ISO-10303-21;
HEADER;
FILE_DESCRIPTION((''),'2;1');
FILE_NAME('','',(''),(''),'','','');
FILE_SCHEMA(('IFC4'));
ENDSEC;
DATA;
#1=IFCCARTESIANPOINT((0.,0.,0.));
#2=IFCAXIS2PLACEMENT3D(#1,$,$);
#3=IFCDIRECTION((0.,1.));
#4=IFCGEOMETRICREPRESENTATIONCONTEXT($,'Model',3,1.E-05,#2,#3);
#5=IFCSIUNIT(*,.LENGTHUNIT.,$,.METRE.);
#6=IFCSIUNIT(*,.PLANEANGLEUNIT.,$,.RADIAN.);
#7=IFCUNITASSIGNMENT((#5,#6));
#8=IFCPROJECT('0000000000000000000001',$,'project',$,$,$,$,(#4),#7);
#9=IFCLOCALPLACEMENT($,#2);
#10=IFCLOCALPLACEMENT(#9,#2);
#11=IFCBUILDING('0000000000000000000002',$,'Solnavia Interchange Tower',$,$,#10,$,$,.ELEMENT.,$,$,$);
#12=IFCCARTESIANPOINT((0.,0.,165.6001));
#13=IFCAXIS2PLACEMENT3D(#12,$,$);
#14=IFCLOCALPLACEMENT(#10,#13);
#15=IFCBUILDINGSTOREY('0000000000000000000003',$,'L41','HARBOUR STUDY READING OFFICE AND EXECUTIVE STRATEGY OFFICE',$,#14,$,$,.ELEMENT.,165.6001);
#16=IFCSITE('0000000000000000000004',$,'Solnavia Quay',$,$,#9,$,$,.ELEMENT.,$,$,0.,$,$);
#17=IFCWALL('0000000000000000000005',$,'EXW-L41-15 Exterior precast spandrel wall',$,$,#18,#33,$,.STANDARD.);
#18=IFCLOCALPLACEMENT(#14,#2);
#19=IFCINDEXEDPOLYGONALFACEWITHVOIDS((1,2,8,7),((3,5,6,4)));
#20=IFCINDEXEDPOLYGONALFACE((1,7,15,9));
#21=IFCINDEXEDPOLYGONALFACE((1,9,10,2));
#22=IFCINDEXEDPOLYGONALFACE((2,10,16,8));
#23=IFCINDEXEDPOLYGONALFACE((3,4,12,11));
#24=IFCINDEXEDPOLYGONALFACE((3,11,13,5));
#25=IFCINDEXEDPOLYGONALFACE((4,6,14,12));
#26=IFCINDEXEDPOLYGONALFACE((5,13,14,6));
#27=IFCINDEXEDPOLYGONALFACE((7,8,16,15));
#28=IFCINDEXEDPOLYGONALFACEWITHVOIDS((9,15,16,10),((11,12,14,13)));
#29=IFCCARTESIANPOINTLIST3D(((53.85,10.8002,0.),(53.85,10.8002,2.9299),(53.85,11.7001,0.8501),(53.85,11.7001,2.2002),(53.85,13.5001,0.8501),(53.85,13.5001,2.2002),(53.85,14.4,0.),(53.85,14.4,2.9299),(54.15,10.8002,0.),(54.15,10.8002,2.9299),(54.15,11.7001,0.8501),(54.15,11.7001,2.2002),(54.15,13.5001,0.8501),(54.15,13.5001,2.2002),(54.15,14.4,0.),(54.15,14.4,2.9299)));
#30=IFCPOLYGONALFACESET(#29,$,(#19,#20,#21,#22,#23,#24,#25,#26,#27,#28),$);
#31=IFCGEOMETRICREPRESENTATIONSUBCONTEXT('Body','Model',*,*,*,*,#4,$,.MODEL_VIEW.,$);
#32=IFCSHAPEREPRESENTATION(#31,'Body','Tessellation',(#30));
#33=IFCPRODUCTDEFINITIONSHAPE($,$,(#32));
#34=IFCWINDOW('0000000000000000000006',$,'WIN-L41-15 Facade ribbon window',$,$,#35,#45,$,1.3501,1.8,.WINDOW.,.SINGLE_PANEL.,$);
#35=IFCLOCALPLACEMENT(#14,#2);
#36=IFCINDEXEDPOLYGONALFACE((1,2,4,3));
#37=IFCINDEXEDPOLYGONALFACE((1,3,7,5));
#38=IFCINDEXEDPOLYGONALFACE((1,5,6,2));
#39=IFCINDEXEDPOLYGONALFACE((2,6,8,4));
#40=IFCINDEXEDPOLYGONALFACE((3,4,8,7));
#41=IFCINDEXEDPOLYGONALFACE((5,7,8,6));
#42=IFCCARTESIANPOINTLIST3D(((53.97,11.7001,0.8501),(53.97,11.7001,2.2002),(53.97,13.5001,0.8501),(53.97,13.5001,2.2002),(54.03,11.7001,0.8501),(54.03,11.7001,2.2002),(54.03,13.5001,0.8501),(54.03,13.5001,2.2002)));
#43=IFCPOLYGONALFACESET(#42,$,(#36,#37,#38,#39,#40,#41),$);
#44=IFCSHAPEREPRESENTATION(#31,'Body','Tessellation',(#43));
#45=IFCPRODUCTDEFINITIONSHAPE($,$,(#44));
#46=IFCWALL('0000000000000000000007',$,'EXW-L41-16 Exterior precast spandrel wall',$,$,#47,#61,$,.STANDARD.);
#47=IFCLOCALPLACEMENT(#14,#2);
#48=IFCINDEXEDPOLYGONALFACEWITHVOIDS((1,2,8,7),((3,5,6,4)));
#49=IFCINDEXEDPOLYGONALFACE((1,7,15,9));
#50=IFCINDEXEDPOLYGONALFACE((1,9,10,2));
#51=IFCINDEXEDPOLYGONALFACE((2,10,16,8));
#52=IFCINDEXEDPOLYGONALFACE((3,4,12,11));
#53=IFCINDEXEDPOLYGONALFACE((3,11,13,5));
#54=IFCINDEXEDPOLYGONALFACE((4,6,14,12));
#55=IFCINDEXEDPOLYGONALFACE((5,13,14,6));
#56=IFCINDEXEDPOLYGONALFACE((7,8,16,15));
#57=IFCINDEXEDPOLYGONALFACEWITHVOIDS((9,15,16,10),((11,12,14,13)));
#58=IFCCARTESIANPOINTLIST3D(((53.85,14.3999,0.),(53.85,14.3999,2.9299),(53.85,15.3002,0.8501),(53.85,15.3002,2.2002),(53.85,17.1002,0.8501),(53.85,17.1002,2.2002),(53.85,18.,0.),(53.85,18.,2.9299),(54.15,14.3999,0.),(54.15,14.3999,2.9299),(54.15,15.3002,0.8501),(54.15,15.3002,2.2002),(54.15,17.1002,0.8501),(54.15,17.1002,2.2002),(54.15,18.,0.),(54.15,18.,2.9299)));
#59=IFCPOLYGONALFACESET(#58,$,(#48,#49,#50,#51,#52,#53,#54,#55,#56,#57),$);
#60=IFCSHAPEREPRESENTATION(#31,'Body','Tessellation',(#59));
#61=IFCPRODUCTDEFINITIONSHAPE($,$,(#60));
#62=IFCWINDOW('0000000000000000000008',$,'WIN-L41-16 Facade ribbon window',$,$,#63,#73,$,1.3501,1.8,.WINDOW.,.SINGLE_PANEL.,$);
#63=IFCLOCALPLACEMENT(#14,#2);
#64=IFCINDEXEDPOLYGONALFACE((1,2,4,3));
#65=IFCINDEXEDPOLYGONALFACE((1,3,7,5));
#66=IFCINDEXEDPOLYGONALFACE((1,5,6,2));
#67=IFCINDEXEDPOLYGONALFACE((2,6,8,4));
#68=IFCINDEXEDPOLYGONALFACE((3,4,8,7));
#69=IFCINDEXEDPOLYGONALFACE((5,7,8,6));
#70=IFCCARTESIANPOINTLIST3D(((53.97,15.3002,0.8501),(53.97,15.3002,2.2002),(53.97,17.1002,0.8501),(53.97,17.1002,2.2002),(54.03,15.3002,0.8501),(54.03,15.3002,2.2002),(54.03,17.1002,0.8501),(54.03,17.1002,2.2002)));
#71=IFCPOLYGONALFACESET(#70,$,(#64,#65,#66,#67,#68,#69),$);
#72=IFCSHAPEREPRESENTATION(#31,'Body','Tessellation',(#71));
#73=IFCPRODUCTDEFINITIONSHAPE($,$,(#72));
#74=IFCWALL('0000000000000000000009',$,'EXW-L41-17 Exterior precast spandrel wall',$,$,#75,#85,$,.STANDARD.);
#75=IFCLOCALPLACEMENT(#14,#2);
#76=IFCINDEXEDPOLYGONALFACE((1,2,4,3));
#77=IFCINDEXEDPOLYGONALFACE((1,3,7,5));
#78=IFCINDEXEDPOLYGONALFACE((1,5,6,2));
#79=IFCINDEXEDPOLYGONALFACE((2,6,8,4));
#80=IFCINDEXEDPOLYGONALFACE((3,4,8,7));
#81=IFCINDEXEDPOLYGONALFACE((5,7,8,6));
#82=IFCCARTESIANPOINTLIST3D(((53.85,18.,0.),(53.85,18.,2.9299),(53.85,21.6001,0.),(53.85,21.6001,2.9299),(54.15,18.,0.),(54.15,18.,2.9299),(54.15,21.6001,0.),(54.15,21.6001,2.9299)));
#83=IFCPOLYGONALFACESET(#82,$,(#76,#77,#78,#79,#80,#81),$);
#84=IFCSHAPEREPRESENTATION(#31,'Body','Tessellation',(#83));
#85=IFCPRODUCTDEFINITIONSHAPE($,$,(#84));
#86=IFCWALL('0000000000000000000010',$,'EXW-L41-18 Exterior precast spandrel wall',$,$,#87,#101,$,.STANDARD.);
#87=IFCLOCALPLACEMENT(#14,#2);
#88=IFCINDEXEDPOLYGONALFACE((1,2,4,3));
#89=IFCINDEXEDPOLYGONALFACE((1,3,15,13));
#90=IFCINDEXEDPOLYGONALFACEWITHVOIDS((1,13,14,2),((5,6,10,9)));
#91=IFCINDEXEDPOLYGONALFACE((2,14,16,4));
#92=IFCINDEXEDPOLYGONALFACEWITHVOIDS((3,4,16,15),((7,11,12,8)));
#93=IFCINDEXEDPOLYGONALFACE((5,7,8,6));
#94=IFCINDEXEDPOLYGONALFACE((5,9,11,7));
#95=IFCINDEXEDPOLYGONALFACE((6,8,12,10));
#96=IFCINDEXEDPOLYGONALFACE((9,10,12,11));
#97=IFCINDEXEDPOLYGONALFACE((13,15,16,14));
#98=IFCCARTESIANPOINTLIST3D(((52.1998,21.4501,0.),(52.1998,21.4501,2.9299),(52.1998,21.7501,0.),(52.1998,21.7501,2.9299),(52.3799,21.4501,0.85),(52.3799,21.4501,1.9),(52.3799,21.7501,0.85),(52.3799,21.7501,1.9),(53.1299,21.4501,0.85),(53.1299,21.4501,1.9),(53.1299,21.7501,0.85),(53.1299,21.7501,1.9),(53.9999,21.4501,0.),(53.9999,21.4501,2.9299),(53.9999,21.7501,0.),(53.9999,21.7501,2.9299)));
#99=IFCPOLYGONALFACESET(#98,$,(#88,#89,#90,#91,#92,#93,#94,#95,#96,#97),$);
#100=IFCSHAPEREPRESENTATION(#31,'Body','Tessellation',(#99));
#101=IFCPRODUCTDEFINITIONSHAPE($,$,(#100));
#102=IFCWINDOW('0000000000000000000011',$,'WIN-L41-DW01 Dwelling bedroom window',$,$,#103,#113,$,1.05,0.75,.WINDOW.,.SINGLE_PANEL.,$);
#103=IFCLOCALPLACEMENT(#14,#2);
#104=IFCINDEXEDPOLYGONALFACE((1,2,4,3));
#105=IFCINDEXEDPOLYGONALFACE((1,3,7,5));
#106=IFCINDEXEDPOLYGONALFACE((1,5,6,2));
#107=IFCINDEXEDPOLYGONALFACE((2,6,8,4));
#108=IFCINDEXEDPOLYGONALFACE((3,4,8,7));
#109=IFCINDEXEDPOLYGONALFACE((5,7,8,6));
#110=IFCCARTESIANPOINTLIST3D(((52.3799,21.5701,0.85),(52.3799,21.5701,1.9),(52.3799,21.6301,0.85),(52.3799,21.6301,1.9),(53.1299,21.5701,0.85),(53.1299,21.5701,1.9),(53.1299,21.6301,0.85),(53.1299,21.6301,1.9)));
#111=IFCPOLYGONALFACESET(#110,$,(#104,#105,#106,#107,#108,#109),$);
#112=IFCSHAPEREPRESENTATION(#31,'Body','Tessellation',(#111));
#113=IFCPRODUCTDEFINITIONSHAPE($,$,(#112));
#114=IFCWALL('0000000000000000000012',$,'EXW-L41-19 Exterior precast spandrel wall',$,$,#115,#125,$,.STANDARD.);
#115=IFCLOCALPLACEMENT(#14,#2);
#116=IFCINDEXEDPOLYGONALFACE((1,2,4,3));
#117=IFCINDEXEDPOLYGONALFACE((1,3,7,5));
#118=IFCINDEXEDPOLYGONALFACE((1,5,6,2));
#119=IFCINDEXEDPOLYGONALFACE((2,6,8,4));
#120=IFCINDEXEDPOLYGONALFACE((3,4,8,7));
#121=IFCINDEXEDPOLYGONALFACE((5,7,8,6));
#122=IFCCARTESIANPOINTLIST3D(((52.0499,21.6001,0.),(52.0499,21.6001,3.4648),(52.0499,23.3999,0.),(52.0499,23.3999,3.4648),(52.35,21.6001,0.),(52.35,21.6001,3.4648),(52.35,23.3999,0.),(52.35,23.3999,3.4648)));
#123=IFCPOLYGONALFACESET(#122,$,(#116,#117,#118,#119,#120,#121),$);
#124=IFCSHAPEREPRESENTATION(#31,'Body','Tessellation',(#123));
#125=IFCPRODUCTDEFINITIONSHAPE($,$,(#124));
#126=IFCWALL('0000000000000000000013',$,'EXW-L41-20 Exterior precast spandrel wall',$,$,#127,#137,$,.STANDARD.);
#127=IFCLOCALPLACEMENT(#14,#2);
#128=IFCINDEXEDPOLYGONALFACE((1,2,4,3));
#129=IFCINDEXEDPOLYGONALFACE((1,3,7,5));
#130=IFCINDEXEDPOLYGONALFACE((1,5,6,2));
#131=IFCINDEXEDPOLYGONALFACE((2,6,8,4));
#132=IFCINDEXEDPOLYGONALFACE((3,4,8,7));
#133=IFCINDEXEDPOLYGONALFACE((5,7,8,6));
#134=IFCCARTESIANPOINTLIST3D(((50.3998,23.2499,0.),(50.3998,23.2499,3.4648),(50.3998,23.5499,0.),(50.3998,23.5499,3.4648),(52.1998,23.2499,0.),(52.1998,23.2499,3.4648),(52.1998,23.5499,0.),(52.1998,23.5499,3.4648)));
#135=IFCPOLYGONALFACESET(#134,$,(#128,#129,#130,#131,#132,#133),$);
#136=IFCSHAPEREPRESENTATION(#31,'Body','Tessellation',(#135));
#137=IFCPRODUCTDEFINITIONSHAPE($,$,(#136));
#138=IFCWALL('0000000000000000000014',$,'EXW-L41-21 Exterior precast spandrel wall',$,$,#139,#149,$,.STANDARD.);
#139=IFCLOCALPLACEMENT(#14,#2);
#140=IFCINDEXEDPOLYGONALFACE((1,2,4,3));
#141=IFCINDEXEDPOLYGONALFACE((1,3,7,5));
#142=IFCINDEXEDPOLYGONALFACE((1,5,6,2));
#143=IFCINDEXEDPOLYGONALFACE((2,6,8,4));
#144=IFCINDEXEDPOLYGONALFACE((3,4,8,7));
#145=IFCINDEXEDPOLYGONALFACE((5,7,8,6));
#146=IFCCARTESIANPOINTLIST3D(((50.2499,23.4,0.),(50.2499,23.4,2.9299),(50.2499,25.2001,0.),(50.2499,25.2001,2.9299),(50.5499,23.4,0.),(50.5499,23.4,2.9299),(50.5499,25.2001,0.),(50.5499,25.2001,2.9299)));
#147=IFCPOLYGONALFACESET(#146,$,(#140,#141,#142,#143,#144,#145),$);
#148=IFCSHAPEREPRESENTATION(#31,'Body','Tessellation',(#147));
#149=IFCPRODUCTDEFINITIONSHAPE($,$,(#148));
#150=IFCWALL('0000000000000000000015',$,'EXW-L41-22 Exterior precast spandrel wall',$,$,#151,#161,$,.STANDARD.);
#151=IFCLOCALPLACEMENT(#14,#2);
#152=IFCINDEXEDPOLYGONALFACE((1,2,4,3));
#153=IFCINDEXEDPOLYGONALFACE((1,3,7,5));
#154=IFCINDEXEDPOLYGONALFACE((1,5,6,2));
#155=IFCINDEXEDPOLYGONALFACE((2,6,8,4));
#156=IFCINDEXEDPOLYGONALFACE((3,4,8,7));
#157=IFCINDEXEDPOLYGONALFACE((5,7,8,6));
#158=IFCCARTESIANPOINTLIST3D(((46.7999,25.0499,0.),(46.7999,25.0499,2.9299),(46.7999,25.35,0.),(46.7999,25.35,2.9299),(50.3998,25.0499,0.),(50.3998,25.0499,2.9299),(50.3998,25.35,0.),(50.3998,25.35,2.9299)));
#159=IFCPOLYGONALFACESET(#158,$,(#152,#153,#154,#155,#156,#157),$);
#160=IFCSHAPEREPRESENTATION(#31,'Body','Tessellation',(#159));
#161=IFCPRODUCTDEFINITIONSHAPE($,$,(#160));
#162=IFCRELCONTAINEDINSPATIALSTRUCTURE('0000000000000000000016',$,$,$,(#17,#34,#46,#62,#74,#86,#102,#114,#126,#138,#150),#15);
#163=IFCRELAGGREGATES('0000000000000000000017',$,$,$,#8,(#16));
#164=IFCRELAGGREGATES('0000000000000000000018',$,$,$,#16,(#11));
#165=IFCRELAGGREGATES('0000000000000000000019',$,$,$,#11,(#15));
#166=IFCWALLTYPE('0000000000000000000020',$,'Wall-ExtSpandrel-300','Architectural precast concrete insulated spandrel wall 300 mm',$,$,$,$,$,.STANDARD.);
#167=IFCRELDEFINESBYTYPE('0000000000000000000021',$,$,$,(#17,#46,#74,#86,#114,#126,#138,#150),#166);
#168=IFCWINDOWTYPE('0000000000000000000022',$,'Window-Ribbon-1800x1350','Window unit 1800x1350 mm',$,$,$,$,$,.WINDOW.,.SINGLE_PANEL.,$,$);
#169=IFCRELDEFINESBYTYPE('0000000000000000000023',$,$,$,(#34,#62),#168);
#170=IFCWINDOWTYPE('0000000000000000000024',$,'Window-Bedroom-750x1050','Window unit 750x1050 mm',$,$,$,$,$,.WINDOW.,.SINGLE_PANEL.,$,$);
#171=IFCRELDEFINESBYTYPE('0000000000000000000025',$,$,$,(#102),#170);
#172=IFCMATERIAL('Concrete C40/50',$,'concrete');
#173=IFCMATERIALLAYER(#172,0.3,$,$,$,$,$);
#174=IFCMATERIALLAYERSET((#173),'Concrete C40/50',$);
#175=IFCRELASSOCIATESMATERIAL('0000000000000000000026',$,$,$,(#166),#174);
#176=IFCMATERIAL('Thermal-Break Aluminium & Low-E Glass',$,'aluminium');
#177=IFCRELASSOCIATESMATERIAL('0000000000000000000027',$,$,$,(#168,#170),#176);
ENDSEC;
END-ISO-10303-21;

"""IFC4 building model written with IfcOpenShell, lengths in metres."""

from ifc_helpers import new_model, si_unit, direction, frame, frame_2d, origin, place, context, subcontext, project, spatial, rectangle, extrude, material, layer, layer_set, type_object, element, fill, save


model = new_model("IFC4")

# Units and contexts
model_context = context("Model", 3, precision=1e-05, world=origin(), true_north=direction((0.0, 1.0)))
body_context = subcontext(model_context, "Body", "Model", "MODEL_VIEW")
ifc_project = project(units=[si_unit("LENGTHUNIT", "METRE"), si_unit("PLANEANGLEUNIT", "RADIAN")], contexts=[model_context])

# Site, building, storey
site_placement = place(None, origin())
site = spatial("IfcSite", under=ifc_project, at=site_placement, Name="Solnavia Quay", CompositionType="ELEMENT", RefElevation=0.0)
building_placement = place(site_placement, origin())
building = spatial("IfcBuilding", under=site, at=building_placement, Name="Solnavia Interchange Tower", CompositionType="ELEMENT")
storey_placement = place(building_placement, frame((0.0, 0.0, 165.6001)))
storey = spatial("IfcBuildingStorey", under=building, at=storey_placement, Name="L41", Description="HARBOUR STUDY READING OFFICE AND EXECUTIVE STRATEGY OFFICE", CompositionType="ELEMENT", Elevation=165.6001)

# Walls, openings, windows
ifc_material_1 = material(Name="Concrete C40/50", Category="concrete")
ifc_layer_1 = layer(ifc_material_1, 0.3)
ifc_layer_set_1 = layer_set([ifc_layer_1], Name="Concrete C40/50")
wall_type_1 = type_object("IfcWallType", Name="Wall-ExtSpandrel-300", Description="Architectural precast concrete insulated spandrel wall 300 mm", PredefinedType="STANDARD", material=ifc_layer_set_1)
wall_1_placement = place(storey_placement, frame((54.0, 14.3999, 0.0), z_axis=(0.0, 0.0, 1.0), x_axis=(0.0, -1.0, 0.0)))
wall_1 = element("IfcWall", 1, at=wall_1_placement, inside=storey, type_object=wall_type_1, Name="EXW-L41-15 Exterior precast spandrel wall", PredefinedType="STANDARD", context=body_context, shape_type="SweptSolid", body=[
    extrude(rectangle(XDim=3.5999, YDim=0.3, at=frame_2d((1.7998, 0.0))), origin(), (0.0, 0.0, 1.0), 2.9299),
])
opening_1_placement = place(wall_1_placement, frame((0.8999, 0.0, 0.8501)))
opening_1 = element("IfcOpeningElement", 2, at=opening_1_placement, cuts=wall_1, PredefinedType="OPENING", context=body_context, shape_type="SweptSolid", body=[
    extrude(rectangle(XDim=1.8, YDim=1.3501, at=frame_2d((0.8999, 0.675))), frame((0.0, 0.1602, 0.0), z_axis=(0.0, -1.0, 0.0), x_axis=(1.0, 0.0, 0.0)), (0.0, 0.0, 1.0), 0.3201),
])
ifc_material_2 = material(Name="Thermal-Break Aluminium & Low-E Glass", Category="aluminium")
window_type_1 = type_object("IfcWindowType", Name="Window-Ribbon-1800x1350", Description="Window unit 1800x1350 mm", PartitioningType="SINGLE_PANEL", PredefinedType="WINDOW", material=ifc_material_2)
window_1_placement = place(opening_1_placement, origin())
window_1 = element("IfcWindow", 3, at=window_1_placement, inside=storey, type_object=window_type_1, Name="WIN-L41-15 Facade ribbon window", OverallHeight=1.3501, OverallWidth=1.8, PartitioningType="SINGLE_PANEL", PredefinedType="WINDOW", context=body_context, shape_type="SweptSolid", body=[
    extrude(rectangle(XDim=1.8, YDim=1.3501, at=frame_2d((0.8999, 0.675))), frame((0.0, 0.03, 0.0), z_axis=(0.0, -1.0, 0.0), x_axis=(1.0, 0.0, 0.0)), (0.0, 0.0, 1.0), 0.0601),
])
fill(opening_1, window_1)
wall_2_placement = place(storey_placement, frame((54.0, 18.0, 0.0), z_axis=(0.0, 0.0, 1.0), x_axis=(0.0, -1.0, 0.0)))
wall_2 = element("IfcWall", 4, at=wall_2_placement, inside=storey, type_object=wall_type_1, Name="EXW-L41-16 Exterior precast spandrel wall", PredefinedType="STANDARD", context=body_context, shape_type="SweptSolid", body=[
    extrude(rectangle(XDim=3.6001, YDim=0.3, at=frame_2d((1.8, 0.0))), origin(), (0.0, 0.0, 1.0), 2.9299),
])
opening_2_placement = place(wall_2_placement, frame((0.8999, 0.0, 0.8501)))
opening_2 = element("IfcOpeningElement", 5, at=opening_2_placement, cuts=wall_2, PredefinedType="OPENING", context=body_context, shape_type="SweptSolid", body=[
    extrude(rectangle(XDim=1.8, YDim=1.3501, at=frame_2d((0.8999, 0.675))), frame((0.0, 0.1602, 0.0), z_axis=(0.0, -1.0, 0.0), x_axis=(1.0, 0.0, 0.0)), (0.0, 0.0, 1.0), 0.3201),
])
window_2_placement = place(opening_2_placement, origin())
window_2 = element("IfcWindow", 6, at=window_2_placement, inside=storey, type_object=window_type_1, Name="WIN-L41-16 Facade ribbon window", OverallHeight=1.3501, OverallWidth=1.8, PartitioningType="SINGLE_PANEL", PredefinedType="WINDOW", context=body_context, shape_type="SweptSolid", body=[
    extrude(rectangle(XDim=1.8, YDim=1.3501, at=frame_2d((0.8999, 0.675))), frame((0.0, 0.03, 0.0), z_axis=(0.0, -1.0, 0.0), x_axis=(1.0, 0.0, 0.0)), (0.0, 0.0, 1.0), 0.0601),
])
fill(opening_2, window_2)

# Wall
wall_3_placement = place(storey_placement, frame((54.0, 21.6001, 0.0), z_axis=(0.0, 0.0, 1.0), x_axis=(0.0, -1.0, 0.0)))
element("IfcWall", 7, at=wall_3_placement, inside=storey, type_object=wall_type_1, Name="EXW-L41-17 Exterior precast spandrel wall", PredefinedType="STANDARD", context=body_context, shape_type="SweptSolid", body=[
    extrude(rectangle(XDim=3.6001, YDim=0.3, at=frame_2d((1.8, 0.0))), origin(), (0.0, 0.0, 1.0), 2.9299),
])

# Wall, opening, window
wall_4_placement = place(storey_placement, frame((52.2, 21.6001, 0.0), z_axis=(0.0, 0.0, 1.0), x_axis=(1.0, 0.0, 0.0)))
wall_4 = element("IfcWall", 8, at=wall_4_placement, inside=storey, type_object=wall_type_1, Name="EXW-L41-18 Exterior precast spandrel wall", PredefinedType="STANDARD", context=body_context, shape_type="SweptSolid", body=[
    extrude(rectangle(XDim=1.8, YDim=0.3, at=frame_2d((0.8999, 0.0))), origin(), (0.0, 0.0, 1.0), 2.9299),
])
opening_3_placement = place(wall_4_placement, frame((0.1799, 0.0, 0.8501)))
opening_3 = element("IfcOpeningElement", 9, at=opening_3_placement, cuts=wall_4, PredefinedType="OPENING", context=body_context, shape_type="SweptSolid", body=[
    extrude(rectangle(XDim=0.75, YDim=1.05, at=frame_2d((0.375, 0.5249))), frame((0.0, 0.1602, 0.0), z_axis=(0.0, -1.0, 0.0), x_axis=(1.0, 0.0, 0.0)), (0.0, 0.0, 1.0), 0.3201),
])
window_type_2 = type_object("IfcWindowType", Name="Window-Bedroom-750x1050", Description="Window unit 750x1050 mm", PartitioningType="SINGLE_PANEL", PredefinedType="WINDOW", material=ifc_material_2)
window_3_placement = place(opening_3_placement, origin())
window_3 = element("IfcWindow", 10, at=window_3_placement, inside=storey, type_object=window_type_2, Name="WIN-L41-DW01 Dwelling bedroom window", OverallHeight=1.05, OverallWidth=0.75, PartitioningType="SINGLE_PANEL", PredefinedType="WINDOW", context=body_context, shape_type="SweptSolid", body=[
    extrude(rectangle(XDim=0.75, YDim=1.05, at=frame_2d((0.375, 0.5249))), frame((0.0, 0.03, 0.0), z_axis=(0.0, -1.0, 0.0), x_axis=(1.0, 0.0, 0.0)), (0.0, 0.0, 1.0), 0.0601),
])
fill(opening_3, window_3)

# Walls
wall_5_placement = place(storey_placement, frame((52.2, 23.3999, 0.0), z_axis=(0.0, 0.0, 1.0), x_axis=(0.0, -1.0, 0.0)))
element("IfcWall", 11, at=wall_5_placement, inside=storey, type_object=wall_type_1, Name="EXW-L41-19 Exterior precast spandrel wall", PredefinedType="STANDARD", context=body_context, shape_type="SweptSolid", body=[
    extrude(rectangle(XDim=1.7998, YDim=0.3, at=frame_2d((0.8999, 0.0))), origin(), (0.0, 0.0, 1.0), 3.4648),
])
wall_6_placement = place(storey_placement, frame((50.3999, 23.3999, 0.0), z_axis=(0.0, 0.0, 1.0), x_axis=(1.0, 0.0, 0.0)))
element("IfcWall", 12, at=wall_6_placement, inside=storey, type_object=wall_type_1, Name="EXW-L41-20 Exterior precast spandrel wall", PredefinedType="STANDARD", context=body_context, shape_type="SweptSolid", body=[
    extrude(rectangle(XDim=1.8, YDim=0.3, at=frame_2d((0.8999, 0.0))), origin(), (0.0, 0.0, 1.0), 3.4648),
])
wall_7_placement = place(storey_placement, frame((50.3999, 25.2, 0.0), z_axis=(0.0, 0.0, 1.0), x_axis=(0.0, -1.0, 0.0)))
element("IfcWall", 13, at=wall_7_placement, inside=storey, type_object=wall_type_1, Name="EXW-L41-21 Exterior precast spandrel wall", PredefinedType="STANDARD", context=body_context, shape_type="SweptSolid", body=[
    extrude(rectangle(XDim=1.8, YDim=0.3, at=frame_2d((0.8999, 0.0))), origin(), (0.0, 0.0, 1.0), 2.9299),
])
wall_8_placement = place(storey_placement, frame((46.8, 25.2, 0.0), z_axis=(0.0, 0.0, 1.0), x_axis=(1.0, 0.0, 0.0)))
element("IfcWall", 14, at=wall_8_placement, inside=storey, type_object=wall_type_1, Name="EXW-L41-22 Exterior precast spandrel wall", PredefinedType="STANDARD", context=body_context, shape_type="SweptSolid", body=[
    extrude(rectangle(XDim=3.5999, YDim=0.3, at=frame_2d((1.7998, 0.0))), origin(), (0.0, 0.0, 1.0), 2.9299),
])

save(model, "model.ifc")
